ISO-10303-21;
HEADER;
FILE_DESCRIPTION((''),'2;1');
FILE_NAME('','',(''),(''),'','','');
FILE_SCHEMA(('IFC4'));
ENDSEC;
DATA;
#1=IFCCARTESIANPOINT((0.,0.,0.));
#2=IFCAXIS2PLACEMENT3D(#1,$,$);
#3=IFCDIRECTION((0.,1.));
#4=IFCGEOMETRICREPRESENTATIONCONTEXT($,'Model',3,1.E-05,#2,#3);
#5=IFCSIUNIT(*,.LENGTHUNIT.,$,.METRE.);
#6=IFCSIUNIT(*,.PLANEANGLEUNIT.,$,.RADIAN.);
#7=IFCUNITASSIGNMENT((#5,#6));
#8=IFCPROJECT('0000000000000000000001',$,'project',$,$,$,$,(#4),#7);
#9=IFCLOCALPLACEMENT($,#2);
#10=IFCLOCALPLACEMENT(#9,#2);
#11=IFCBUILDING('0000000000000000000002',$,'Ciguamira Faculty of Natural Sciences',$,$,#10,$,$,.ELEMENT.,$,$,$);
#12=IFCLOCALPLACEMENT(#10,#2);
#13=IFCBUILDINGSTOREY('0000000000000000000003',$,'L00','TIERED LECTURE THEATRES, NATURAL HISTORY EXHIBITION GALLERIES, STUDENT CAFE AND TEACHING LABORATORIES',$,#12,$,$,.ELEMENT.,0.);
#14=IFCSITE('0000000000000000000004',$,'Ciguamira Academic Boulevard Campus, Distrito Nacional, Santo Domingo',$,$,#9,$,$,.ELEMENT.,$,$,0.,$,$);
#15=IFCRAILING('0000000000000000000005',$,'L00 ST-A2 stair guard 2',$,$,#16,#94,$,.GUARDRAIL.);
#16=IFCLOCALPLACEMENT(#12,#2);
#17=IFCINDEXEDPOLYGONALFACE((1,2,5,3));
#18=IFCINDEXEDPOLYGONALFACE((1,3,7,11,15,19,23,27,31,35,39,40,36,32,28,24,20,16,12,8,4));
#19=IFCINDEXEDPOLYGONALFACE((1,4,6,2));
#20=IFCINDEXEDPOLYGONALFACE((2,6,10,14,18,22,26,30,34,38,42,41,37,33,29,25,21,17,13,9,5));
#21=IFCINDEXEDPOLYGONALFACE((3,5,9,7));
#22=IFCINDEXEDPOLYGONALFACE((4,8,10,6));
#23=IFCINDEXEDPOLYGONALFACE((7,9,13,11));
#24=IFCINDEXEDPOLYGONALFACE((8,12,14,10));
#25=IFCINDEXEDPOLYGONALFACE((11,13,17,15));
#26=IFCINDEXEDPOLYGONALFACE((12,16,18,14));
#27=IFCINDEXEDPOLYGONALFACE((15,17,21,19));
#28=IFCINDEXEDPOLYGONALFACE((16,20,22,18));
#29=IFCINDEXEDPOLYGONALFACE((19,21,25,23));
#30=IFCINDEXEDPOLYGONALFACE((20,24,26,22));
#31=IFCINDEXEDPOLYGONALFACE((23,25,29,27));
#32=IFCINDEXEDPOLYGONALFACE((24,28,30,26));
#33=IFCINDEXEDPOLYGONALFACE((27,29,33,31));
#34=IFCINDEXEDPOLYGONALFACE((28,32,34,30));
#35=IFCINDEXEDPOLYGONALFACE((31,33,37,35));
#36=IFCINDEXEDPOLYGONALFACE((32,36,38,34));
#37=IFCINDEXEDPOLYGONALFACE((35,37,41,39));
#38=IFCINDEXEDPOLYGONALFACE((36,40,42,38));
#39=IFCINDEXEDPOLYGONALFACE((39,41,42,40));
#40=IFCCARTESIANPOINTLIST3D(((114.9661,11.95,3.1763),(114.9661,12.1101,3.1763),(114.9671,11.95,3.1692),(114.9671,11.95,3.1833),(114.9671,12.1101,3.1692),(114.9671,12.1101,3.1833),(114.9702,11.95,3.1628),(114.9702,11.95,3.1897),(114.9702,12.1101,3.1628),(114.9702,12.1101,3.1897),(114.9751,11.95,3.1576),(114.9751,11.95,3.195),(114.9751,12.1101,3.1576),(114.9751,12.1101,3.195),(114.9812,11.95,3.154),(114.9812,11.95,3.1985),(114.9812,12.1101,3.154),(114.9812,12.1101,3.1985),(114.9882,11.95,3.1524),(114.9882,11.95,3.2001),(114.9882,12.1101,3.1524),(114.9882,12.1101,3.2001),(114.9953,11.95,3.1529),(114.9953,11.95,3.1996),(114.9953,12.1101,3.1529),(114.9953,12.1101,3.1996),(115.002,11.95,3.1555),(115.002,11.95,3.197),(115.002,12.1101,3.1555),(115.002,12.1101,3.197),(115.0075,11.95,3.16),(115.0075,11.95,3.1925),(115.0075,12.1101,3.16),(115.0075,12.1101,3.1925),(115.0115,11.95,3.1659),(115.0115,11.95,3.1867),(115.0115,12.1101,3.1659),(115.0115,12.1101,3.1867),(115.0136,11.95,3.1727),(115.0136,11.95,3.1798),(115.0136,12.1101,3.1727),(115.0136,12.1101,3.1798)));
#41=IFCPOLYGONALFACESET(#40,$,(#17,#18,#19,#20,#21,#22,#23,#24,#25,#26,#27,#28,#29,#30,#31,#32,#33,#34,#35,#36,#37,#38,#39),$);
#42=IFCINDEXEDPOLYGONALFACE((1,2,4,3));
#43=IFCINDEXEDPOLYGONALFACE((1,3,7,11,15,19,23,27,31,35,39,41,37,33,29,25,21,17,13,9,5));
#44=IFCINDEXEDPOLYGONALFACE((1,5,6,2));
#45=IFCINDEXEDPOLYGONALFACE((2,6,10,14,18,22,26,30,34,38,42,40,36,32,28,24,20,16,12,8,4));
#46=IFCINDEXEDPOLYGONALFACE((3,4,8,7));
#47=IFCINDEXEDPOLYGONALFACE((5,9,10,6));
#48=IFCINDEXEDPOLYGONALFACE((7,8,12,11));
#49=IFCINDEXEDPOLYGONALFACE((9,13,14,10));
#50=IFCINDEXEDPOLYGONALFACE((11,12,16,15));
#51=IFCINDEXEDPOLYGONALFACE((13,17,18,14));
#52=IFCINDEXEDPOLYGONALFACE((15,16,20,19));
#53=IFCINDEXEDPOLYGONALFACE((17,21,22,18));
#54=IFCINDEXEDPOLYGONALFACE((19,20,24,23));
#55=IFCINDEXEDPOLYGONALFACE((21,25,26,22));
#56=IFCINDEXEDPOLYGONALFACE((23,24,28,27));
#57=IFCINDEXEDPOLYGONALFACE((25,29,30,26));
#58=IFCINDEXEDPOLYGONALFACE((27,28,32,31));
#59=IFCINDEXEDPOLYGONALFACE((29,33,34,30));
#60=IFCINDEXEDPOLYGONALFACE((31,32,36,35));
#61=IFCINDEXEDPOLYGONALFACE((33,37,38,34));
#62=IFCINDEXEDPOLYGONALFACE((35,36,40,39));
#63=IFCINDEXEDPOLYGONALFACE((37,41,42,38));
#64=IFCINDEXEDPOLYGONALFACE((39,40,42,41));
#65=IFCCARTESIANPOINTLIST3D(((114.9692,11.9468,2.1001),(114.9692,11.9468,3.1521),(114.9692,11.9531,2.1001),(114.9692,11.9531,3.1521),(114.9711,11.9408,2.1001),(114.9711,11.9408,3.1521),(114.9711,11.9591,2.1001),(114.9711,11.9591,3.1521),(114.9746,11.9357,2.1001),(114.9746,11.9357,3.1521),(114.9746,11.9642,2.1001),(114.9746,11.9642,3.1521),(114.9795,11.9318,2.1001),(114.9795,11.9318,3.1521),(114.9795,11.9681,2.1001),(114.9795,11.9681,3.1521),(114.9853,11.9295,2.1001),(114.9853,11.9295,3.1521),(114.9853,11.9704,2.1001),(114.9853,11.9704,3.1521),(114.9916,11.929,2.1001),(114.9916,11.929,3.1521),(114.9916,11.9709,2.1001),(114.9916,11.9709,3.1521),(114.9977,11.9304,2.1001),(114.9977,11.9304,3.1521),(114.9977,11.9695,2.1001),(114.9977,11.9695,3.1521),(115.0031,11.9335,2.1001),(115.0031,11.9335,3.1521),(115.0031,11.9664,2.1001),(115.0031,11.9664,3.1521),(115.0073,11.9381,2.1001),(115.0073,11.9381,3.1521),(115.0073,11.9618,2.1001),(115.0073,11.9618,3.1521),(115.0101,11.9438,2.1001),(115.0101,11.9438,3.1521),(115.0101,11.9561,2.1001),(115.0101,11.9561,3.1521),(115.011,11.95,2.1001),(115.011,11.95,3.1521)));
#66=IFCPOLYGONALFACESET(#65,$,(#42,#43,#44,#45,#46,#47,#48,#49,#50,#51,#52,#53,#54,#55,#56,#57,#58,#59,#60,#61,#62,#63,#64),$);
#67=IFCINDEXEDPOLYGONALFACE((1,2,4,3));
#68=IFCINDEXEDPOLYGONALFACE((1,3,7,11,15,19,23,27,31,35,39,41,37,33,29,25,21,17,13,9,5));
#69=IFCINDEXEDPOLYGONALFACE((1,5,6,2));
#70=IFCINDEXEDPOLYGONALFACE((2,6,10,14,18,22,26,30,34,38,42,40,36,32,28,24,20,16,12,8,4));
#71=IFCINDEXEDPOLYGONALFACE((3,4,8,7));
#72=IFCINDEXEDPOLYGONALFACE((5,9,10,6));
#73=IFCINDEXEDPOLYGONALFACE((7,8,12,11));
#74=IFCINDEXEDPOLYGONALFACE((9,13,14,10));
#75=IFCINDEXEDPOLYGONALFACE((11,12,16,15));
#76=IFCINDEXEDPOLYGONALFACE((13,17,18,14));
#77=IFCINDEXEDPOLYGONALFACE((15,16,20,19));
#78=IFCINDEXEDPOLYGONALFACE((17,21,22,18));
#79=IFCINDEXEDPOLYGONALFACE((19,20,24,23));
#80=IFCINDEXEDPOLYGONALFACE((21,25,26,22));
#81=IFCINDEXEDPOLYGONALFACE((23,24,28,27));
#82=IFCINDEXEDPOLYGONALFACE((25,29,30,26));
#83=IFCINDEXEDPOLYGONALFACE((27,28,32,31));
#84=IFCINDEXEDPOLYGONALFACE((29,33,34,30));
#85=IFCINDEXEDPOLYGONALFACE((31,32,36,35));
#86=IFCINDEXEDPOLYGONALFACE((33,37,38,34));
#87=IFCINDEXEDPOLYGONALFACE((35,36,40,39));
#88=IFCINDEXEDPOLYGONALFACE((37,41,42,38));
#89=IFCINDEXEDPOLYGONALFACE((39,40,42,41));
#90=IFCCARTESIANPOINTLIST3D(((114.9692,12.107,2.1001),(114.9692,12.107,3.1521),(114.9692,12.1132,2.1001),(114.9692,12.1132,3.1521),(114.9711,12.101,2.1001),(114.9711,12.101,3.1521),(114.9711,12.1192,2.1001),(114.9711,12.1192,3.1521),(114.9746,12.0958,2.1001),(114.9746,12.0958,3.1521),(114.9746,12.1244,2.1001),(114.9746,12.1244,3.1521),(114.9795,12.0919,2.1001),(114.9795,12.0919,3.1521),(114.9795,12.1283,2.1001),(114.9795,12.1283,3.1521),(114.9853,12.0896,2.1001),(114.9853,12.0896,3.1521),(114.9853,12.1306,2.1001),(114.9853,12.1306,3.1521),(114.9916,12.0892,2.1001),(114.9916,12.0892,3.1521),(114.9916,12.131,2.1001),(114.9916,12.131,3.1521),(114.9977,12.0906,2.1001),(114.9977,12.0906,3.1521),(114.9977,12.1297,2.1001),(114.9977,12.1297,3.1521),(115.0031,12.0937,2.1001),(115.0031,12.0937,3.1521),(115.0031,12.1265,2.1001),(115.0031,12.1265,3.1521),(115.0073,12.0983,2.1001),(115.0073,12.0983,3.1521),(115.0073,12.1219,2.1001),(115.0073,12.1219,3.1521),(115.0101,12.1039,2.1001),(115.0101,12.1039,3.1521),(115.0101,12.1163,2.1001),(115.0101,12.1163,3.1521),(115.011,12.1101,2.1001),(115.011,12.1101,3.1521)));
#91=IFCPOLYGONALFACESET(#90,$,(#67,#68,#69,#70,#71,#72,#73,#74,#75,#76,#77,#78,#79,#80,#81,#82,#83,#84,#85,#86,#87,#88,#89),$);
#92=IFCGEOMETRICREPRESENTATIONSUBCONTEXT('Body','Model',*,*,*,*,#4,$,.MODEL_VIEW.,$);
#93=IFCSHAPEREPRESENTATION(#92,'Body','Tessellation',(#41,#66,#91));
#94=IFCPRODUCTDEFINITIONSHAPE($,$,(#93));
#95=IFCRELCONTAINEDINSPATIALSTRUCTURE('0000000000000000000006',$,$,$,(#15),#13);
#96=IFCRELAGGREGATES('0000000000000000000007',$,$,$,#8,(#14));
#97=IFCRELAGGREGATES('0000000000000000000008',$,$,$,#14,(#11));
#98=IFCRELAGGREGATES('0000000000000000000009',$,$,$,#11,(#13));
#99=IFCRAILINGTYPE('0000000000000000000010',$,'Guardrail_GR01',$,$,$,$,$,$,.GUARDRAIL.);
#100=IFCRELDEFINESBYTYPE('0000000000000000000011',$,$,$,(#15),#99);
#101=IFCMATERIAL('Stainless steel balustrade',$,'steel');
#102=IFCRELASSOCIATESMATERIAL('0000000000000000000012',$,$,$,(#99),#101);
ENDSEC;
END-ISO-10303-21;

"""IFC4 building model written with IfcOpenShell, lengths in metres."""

from ifc_helpers import new_model, si_unit, direction, frame, origin, origin_2d, place, context, subcontext, project, spatial, circle, extrude, material, type_object, element, save


model = new_model("IFC4")

# Units and contexts
model_context = context("Model", 3, precision=1e-05, world=origin(), true_north=direction((0.0, 1.0)))
body_context = subcontext(model_context, "Body", "Model", "MODEL_VIEW")
ifc_project = project(units=[si_unit("LENGTHUNIT", "METRE"), si_unit("PLANEANGLEUNIT", "RADIAN")], contexts=[model_context])

# Site, building, storey
site_placement = place(None, origin())
site = spatial("IfcSite", under=ifc_project, at=site_placement, Name="Ciguamira Academic Boulevard Campus, Distrito Nacional, Santo Domingo", CompositionType="ELEMENT", RefElevation=0.0)
building_placement = place(site_placement, origin())
building = spatial("IfcBuilding", under=site, at=building_placement, Name="Ciguamira Faculty of Natural Sciences", CompositionType="ELEMENT")
storey_placement = place(building_placement, origin())
storey = spatial("IfcBuildingStorey", under=building, at=storey_placement, Name="L00", Description="TIERED LECTURE THEATRES, NATURAL HISTORY EXHIBITION GALLERIES, STUDENT CAFE AND TEACHING LABORATORIES", CompositionType="ELEMENT", Elevation=0.0)

# Railing
ifc_material_1 = material(Name="Stainless steel balustrade", Category="steel")
railing_type_1 = type_object("IfcRailingType", Name="Guardrail_GR01", PredefinedType="GUARDRAIL", material=ifc_material_1)
railing_1_placement = place(storey_placement, frame((114.99, 11.95, 2.1001)))
element("IfcRailing", 1, at=railing_1_placement, inside=storey, type_object=railing_type_1, Name="L00 ST-A2 stair guard 2", PredefinedType="GUARDRAIL", context=body_context, shape_type="SweptSolid", body=[
    extrude(circle(Radius=0.0239, at=origin_2d()), frame((0.0, 0.0, 1.0762), z_axis=(0.0, 1.0, 0.0), x_axis=(-1.0, 0.0, 0.0)), (0.0, 0.0, 1.0), 0.1602),
    extrude(circle(Radius=0.021, at=origin_2d()), origin(), (0.0, 0.0, 1.0), 1.052),
    extrude(circle(Radius=0.021, at=origin_2d()), frame((0.0, 0.1602, 0.0)), (0.0, 0.0, 1.0), 1.052),
])

save(model, "model.ifc")
